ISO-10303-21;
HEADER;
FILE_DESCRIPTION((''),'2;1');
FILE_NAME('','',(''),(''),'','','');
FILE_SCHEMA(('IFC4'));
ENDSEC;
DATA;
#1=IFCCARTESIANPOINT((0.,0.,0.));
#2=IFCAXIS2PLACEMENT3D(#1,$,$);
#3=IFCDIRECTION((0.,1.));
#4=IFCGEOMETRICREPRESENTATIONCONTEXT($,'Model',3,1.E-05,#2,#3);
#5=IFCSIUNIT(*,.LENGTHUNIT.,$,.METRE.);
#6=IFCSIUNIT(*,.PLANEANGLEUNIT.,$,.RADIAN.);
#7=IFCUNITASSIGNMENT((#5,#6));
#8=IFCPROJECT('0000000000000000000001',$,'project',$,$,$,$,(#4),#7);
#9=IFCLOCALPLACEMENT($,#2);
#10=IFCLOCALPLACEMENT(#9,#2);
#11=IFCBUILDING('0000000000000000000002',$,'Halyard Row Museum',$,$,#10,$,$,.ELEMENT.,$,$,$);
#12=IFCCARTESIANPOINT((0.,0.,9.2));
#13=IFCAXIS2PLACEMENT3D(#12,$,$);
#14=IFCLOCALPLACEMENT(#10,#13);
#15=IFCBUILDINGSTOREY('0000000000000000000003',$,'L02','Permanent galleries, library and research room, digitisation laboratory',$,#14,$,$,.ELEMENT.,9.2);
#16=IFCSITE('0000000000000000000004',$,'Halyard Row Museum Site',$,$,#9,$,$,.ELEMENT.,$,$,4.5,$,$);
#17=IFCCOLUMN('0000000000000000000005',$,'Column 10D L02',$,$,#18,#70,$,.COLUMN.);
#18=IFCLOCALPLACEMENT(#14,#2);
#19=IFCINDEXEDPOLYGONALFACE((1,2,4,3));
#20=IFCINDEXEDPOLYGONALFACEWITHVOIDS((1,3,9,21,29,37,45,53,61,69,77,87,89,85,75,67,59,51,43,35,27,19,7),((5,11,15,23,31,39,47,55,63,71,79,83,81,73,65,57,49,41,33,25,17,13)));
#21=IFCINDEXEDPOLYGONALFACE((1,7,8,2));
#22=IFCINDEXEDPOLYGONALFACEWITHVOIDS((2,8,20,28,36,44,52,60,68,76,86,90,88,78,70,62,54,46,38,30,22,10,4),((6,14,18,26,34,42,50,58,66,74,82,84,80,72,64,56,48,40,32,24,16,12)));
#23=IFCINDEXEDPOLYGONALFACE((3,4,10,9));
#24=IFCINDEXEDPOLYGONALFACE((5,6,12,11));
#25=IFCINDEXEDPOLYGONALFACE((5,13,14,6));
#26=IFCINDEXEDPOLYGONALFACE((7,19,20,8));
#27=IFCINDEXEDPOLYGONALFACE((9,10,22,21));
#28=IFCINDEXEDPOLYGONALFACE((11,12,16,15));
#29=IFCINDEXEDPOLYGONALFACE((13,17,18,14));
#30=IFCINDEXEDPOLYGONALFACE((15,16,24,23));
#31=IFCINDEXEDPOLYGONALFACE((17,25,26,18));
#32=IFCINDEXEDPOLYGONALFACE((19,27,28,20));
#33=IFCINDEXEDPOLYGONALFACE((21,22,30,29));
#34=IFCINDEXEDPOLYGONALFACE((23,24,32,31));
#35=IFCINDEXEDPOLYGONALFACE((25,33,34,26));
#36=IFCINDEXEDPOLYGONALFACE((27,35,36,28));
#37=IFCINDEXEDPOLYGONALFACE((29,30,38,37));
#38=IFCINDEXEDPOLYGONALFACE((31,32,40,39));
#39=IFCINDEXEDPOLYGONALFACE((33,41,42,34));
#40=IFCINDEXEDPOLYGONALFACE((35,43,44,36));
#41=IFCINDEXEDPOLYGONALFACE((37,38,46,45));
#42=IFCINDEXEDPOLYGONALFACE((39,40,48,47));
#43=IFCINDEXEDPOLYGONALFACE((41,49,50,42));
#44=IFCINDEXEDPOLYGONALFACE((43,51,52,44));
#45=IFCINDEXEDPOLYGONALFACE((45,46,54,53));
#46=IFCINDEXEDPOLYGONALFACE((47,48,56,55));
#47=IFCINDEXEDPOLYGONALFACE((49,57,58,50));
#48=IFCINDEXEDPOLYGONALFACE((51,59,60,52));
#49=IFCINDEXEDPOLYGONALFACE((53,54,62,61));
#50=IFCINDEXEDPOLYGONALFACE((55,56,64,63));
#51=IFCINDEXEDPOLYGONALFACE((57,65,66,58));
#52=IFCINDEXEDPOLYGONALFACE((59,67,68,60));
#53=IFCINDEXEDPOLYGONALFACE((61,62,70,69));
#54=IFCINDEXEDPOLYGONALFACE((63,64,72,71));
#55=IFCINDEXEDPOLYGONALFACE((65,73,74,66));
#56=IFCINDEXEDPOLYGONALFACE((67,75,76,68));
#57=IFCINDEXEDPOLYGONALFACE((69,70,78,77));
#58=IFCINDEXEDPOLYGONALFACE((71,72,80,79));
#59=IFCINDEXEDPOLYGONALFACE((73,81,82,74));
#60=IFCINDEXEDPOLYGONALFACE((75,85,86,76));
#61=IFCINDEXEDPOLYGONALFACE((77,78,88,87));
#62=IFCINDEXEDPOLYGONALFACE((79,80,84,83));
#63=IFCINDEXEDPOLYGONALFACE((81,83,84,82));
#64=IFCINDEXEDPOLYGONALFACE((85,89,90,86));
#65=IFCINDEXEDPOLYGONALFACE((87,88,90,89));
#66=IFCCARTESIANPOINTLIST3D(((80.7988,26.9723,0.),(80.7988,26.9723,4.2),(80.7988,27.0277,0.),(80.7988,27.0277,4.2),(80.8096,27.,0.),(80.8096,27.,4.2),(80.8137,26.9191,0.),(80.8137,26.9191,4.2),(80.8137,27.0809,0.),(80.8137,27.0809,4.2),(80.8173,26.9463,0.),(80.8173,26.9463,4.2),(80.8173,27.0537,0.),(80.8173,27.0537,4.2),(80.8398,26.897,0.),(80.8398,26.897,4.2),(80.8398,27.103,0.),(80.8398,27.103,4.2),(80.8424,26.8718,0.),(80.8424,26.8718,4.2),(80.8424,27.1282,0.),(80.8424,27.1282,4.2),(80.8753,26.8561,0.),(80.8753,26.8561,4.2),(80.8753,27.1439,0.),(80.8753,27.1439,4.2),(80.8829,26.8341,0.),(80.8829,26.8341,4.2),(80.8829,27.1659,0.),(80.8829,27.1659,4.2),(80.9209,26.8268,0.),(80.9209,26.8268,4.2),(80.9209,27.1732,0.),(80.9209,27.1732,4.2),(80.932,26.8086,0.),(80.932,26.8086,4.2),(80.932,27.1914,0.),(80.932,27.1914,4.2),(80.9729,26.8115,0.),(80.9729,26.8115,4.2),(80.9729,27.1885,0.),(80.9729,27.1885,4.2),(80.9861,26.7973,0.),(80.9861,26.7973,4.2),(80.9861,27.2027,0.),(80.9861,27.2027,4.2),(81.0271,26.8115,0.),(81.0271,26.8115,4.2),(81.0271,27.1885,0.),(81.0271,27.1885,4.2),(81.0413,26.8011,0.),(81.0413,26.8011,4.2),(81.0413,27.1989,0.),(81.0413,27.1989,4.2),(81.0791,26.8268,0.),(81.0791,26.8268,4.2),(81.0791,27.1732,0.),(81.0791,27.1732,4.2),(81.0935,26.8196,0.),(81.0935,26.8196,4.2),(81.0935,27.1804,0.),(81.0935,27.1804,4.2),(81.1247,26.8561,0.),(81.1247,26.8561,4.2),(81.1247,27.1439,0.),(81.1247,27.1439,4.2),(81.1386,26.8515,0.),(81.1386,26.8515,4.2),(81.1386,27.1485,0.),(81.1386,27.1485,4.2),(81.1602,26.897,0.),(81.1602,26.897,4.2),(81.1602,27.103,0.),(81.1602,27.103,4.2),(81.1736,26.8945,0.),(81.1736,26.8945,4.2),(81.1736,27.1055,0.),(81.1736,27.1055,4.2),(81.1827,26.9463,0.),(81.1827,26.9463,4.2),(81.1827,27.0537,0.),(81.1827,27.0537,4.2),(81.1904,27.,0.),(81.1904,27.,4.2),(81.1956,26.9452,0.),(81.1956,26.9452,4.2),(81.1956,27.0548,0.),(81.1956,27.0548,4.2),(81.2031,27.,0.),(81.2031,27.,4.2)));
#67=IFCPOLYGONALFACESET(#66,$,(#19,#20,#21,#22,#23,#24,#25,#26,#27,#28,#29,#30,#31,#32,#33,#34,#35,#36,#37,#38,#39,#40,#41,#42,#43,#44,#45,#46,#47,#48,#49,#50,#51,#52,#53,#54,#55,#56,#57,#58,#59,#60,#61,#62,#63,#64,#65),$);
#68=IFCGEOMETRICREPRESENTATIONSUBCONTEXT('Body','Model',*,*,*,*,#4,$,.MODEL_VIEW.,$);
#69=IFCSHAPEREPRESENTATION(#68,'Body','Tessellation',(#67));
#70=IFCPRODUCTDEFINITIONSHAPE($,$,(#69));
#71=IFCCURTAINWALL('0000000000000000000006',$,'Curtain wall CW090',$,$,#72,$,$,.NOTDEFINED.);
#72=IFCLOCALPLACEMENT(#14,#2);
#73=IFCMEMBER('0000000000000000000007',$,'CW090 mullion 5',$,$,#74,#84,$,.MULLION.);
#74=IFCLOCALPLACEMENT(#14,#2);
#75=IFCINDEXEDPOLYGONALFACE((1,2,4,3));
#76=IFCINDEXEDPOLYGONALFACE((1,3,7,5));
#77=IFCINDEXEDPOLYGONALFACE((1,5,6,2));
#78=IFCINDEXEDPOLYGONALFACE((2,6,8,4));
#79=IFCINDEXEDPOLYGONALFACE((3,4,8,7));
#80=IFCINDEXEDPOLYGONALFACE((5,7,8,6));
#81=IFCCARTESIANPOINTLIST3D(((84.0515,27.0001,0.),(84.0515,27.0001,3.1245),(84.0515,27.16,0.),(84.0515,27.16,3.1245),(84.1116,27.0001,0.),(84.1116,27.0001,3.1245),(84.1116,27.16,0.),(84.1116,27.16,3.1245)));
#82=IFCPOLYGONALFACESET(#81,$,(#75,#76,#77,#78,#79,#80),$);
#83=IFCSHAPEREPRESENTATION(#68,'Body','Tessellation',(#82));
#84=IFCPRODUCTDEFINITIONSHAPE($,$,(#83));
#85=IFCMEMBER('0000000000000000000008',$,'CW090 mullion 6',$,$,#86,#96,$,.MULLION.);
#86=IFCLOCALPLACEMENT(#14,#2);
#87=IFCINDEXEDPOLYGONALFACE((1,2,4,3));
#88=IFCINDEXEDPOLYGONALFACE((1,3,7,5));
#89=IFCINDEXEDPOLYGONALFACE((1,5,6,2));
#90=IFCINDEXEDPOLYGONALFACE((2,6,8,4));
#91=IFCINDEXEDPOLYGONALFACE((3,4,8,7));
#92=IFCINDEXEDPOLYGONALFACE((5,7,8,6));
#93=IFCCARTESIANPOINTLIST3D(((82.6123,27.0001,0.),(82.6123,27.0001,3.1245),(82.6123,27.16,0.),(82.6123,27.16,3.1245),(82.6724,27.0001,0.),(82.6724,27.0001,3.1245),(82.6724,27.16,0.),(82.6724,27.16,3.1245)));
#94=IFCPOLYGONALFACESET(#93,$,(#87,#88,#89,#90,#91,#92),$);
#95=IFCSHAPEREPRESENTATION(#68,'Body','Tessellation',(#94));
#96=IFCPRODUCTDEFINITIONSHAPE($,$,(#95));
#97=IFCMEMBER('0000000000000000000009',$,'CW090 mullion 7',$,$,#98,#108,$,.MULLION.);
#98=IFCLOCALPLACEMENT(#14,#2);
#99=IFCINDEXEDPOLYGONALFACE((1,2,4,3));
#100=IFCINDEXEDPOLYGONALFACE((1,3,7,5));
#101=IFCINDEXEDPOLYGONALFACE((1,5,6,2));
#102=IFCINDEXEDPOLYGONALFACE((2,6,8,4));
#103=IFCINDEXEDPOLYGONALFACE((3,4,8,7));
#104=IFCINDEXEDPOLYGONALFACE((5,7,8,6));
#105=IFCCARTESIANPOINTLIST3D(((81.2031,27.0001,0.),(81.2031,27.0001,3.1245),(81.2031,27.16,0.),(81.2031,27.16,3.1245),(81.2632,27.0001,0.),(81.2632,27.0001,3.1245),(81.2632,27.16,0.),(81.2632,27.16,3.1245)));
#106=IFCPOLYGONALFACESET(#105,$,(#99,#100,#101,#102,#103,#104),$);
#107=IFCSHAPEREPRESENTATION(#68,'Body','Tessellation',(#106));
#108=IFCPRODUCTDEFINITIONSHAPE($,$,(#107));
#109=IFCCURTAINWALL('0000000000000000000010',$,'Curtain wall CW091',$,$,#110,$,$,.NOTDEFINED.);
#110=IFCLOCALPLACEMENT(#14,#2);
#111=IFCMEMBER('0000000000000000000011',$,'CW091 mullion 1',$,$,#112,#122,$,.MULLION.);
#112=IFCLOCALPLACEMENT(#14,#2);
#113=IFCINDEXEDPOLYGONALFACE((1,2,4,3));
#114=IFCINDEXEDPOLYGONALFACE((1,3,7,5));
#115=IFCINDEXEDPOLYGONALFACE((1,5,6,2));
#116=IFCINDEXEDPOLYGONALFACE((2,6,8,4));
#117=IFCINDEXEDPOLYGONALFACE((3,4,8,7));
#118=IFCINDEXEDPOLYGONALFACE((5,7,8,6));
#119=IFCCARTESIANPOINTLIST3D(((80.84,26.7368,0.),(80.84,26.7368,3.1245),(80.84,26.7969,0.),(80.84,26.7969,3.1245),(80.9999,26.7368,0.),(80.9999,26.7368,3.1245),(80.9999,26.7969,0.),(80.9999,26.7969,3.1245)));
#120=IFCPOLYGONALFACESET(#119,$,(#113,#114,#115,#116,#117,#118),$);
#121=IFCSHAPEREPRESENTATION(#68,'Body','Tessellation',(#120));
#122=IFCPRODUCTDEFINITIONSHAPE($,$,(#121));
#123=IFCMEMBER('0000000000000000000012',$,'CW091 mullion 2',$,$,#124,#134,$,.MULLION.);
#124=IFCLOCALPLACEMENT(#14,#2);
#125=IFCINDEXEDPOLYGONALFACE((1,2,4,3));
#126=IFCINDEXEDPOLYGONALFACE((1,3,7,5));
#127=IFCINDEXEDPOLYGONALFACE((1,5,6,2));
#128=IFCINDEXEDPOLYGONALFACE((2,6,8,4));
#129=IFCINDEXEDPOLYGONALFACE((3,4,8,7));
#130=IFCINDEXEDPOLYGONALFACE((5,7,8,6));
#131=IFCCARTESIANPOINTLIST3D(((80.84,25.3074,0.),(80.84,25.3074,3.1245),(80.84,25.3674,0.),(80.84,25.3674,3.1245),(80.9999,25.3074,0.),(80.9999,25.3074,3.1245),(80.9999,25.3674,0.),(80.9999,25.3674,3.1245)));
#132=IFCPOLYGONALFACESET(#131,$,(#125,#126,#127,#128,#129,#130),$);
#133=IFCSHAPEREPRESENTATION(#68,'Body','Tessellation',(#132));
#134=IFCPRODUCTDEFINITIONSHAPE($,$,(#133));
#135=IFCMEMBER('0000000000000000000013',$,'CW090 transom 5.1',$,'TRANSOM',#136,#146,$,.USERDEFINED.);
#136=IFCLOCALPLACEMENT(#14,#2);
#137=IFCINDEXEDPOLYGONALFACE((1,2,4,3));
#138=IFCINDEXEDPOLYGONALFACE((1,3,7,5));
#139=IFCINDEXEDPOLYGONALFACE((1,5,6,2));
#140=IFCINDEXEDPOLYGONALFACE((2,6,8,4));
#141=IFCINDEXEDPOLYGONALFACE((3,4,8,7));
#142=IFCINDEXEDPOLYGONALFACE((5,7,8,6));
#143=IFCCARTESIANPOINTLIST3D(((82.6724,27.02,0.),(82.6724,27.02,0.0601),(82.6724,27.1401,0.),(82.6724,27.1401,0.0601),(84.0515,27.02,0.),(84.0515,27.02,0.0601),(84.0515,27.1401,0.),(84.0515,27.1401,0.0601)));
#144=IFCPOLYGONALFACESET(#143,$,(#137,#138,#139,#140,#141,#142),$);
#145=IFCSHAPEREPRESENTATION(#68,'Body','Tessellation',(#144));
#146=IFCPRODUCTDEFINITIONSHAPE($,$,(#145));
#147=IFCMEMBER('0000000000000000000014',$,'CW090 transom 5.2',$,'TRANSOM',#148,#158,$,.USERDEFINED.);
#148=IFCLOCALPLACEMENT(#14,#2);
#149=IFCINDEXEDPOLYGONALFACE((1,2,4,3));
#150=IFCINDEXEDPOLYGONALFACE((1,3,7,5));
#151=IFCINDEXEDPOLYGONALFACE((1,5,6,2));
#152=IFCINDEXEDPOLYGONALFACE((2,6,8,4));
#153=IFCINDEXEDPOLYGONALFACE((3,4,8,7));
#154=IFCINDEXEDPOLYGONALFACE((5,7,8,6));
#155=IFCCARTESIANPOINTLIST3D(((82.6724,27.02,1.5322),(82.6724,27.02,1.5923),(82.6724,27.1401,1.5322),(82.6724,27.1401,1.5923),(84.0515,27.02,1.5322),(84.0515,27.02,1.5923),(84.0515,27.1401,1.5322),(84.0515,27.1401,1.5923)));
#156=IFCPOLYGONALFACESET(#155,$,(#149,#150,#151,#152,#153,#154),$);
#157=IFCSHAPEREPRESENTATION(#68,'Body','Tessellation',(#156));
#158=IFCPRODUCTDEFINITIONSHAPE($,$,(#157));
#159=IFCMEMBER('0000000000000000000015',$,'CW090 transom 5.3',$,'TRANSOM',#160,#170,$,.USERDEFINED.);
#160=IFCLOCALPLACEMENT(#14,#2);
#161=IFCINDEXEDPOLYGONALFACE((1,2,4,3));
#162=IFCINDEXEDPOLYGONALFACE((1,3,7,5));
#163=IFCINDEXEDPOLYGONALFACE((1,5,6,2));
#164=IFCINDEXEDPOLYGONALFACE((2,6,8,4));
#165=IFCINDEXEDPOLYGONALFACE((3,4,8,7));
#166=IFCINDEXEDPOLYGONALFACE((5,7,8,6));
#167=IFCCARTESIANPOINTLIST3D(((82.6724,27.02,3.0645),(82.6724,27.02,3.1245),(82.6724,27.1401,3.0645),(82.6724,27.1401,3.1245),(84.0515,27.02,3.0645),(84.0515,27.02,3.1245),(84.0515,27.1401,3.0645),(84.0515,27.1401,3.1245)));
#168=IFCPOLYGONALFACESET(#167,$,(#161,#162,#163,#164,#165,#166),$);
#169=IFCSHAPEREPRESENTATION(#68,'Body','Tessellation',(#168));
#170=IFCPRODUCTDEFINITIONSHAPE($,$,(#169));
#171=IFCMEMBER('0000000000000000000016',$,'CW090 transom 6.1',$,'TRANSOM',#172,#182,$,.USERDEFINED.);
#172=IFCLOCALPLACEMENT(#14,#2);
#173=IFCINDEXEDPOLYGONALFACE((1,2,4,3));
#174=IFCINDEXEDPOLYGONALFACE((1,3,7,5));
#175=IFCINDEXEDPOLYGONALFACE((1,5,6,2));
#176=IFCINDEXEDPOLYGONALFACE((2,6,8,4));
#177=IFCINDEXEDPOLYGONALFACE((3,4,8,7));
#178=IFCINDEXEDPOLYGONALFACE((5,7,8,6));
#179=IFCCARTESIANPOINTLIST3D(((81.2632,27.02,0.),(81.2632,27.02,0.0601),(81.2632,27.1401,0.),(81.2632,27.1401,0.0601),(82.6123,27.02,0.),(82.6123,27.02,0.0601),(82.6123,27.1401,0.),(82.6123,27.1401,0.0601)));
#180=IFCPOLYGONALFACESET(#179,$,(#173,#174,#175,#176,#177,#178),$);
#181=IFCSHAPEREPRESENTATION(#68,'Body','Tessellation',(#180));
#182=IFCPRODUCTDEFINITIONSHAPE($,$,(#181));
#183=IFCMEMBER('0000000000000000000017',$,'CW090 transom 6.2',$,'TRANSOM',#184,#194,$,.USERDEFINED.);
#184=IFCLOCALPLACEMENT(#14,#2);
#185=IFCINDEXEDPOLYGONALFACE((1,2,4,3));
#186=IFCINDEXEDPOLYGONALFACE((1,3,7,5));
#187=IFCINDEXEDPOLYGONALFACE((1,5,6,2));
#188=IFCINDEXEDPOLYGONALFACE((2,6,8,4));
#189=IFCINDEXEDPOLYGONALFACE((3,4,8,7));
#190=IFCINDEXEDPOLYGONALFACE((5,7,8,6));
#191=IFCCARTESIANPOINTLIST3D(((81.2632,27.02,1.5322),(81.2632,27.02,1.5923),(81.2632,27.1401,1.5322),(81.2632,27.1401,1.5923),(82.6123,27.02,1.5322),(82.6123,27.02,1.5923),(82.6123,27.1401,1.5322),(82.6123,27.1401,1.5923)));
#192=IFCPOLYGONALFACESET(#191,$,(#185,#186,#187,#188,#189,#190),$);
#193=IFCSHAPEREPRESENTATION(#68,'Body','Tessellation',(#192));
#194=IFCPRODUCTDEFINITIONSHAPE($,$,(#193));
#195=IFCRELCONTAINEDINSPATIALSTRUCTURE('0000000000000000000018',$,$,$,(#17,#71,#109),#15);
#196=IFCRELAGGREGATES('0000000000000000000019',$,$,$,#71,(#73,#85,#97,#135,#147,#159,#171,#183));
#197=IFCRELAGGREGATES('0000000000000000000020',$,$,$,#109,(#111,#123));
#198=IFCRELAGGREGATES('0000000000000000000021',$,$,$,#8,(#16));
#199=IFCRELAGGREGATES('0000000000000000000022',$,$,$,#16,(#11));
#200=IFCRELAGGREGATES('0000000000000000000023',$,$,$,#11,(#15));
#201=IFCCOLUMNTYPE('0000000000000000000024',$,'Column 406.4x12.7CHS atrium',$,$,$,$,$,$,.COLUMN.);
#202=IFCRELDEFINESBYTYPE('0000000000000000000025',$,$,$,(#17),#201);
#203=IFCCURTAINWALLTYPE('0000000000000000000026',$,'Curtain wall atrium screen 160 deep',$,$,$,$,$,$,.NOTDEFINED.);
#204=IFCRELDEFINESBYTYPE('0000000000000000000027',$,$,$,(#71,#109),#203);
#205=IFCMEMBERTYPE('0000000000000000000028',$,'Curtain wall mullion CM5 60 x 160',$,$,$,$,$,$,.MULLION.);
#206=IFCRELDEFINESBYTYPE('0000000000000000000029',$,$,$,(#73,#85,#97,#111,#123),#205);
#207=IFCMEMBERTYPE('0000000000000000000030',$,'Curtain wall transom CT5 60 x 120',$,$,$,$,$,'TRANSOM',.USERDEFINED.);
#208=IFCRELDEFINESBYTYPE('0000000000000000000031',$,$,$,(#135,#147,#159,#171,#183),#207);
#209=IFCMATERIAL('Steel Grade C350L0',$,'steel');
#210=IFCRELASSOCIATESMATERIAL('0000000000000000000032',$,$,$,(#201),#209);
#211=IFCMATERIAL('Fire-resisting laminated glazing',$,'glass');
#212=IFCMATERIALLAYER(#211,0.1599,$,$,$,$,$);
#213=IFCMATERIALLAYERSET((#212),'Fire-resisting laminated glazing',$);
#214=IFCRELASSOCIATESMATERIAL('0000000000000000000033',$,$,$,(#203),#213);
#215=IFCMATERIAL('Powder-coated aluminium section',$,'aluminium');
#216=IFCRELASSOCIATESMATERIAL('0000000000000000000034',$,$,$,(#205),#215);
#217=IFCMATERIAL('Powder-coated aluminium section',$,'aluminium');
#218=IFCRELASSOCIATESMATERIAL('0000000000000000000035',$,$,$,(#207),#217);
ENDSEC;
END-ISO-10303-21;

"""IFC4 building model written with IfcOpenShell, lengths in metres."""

from ifc_helpers import new_model, si_unit, direction, frame, origin, origin_2d, place, context, subcontext, project, spatial, rectangle, hollow_circle, extrude, material, layer, layer_set, material_profile, profile_set, type_object, element, aggregate, save


model = new_model("IFC4")

# Units and contexts
model_context = context("Model", 3, precision=1e-05, world=origin(), true_north=direction((0.0, 1.0)))
body_context = subcontext(model_context, "Body", "Model", "MODEL_VIEW")
ifc_project = project(units=[si_unit("LENGTHUNIT", "METRE"), si_unit("PLANEANGLEUNIT", "RADIAN")], contexts=[model_context])

# Site, building, storey
site_placement = place(None, origin())
site = spatial("IfcSite", under=ifc_project, at=site_placement, Name="Halyard Row Museum Site", CompositionType="ELEMENT", RefElevation=4.5)
building_placement = place(site_placement, origin())
building = spatial("IfcBuilding", under=site, at=building_placement, Name="Halyard Row Museum", CompositionType="ELEMENT")
storey_placement = place(building_placement, frame((0.0, 0.0, 9.2)))
storey = spatial("IfcBuildingStorey", under=building, at=storey_placement, Name="L02", Description="Permanent galleries, library and research room, digitisation laboratory", CompositionType="ELEMENT", Elevation=9.2)

# Column
ifc_material_1 = material(Name="Steel Grade C350L0", Category="steel")
ifc_material_profile_1 = material_profile(ifc_material_1, hollow_circle(Radius=0.2031, WallThickness=0.0127, at=origin_2d()), Name="406.4x12.7CHS")
ifc_profile_set_1 = profile_set([ifc_material_profile_1], Name="Steel Grade C350L0")
column_type = type_object("IfcColumnType", Name="Column 406.4x12.7CHS atrium", PredefinedType="COLUMN", material=ifc_profile_set_1)
column_placement = place(storey_placement, frame((81.0, 27.0, 0.0), z_axis=(0.0, 0.0, 1.0), x_axis=(1.0, 0.0, 0.0)))
element("IfcColumn", 1, at=column_placement, inside=storey, type_object=column_type, Name="Column 10D L02", PredefinedType="COLUMN", context=body_context, shape_type="SweptSolid", body=[
    extrude(hollow_circle(Radius=0.2031, WallThickness=0.0127, at=origin_2d()), origin(), (0.0, 0.0, 1.0), 4.2),
])

# Curtain walls, members
ifc_material_2 = material(Name="Fire-resisting laminated glazing", Category="glass")
ifc_layer_1 = layer(ifc_material_2, 0.1599)
ifc_layer_set_1 = layer_set([ifc_layer_1], Name="Fire-resisting laminated glazing")
curtain_wall_type = type_object("IfcCurtainWallType", Name="Curtain wall atrium screen 160 deep", PredefinedType="NOTDEFINED", material=ifc_layer_set_1)
curtain_wall_1_placement = place(storey_placement, origin())
curtain_wall_1 = element("IfcCurtainWall", 2, at=curtain_wall_1_placement, inside=storey, type_object=curtain_wall_type, Name="Curtain wall CW090", PredefinedType="NOTDEFINED")
ifc_material_3 = material(Name="Powder-coated aluminium section", Category="aluminium")
ifc_material_profile_2 = material_profile(ifc_material_3, rectangle(XDim=0.1599, YDim=0.0601, at=origin_2d()), Name="160x60 mullion")
ifc_profile_set_2 = profile_set([ifc_material_profile_2], Name="Powder-coated aluminium section")
member_type_1 = type_object("IfcMemberType", Name="Curtain wall mullion CM5 60 x 160", PredefinedType="MULLION", material=ifc_profile_set_2)
member_1_placement = place(storey_placement, frame((84.0815, 27.0801, 0.0), z_axis=(0.0, 0.0, 1.0), x_axis=(0.0, -1.0, 0.0)))
member_1 = element("IfcMember", 3, at=member_1_placement, type_object=member_type_1, Name="CW090 mullion 5", PredefinedType="MULLION", context=body_context, shape_type="SweptSolid", body=[
    extrude(rectangle(XDim=0.1599, YDim=0.0601, at=origin_2d()), origin(), (0.0, 0.0, 1.0), 3.1245),
])
member_2_placement = place(storey_placement, frame((82.6423, 27.0801, 0.0), z_axis=(0.0, 0.0, 1.0), x_axis=(0.0, -1.0, 0.0)))
member_2 = element("IfcMember", 4, at=member_2_placement, type_object=member_type_1, Name="CW090 mullion 6", PredefinedType="MULLION", context=body_context, shape_type="SweptSolid", body=[
    extrude(rectangle(XDim=0.1599, YDim=0.0601, at=origin_2d()), origin(), (0.0, 0.0, 1.0), 3.1245),
])
member_3_placement = place(storey_placement, frame((81.2332, 27.0801, 0.0), z_axis=(0.0, 0.0, 1.0), x_axis=(0.0, -1.0, 0.0)))
member_3 = element("IfcMember", 5, at=member_3_placement, type_object=member_type_1, Name="CW090 mullion 7", PredefinedType="MULLION", context=body_context, shape_type="SweptSolid", body=[
    extrude(rectangle(XDim=0.1599, YDim=0.0601, at=origin_2d()), origin(), (0.0, 0.0, 1.0), 3.1245),
])
curtain_wall_2_placement = place(storey_placement, origin())
curtain_wall_2 = element("IfcCurtainWall", 6, at=curtain_wall_2_placement, inside=storey, type_object=curtain_wall_type, Name="Curtain wall CW091", PredefinedType="NOTDEFINED")
member_4_placement = place(storey_placement, frame((80.9199, 26.7668, 0.0), z_axis=(0.0, 0.0, 1.0), x_axis=(1.0, 0.0, 0.0)))
member_4 = element("IfcMember", 7, at=member_4_placement, type_object=member_type_1, Name="CW091 mullion 1", PredefinedType="MULLION", context=body_context, shape_type="SweptSolid", body=[
    extrude(rectangle(XDim=0.1599, YDim=0.0601, at=origin_2d()), origin(), (0.0, 0.0, 1.0), 3.1245),
])
member_5_placement = place(storey_placement, frame((80.9199, 25.3374, 0.0), z_axis=(0.0, 0.0, 1.0), x_axis=(1.0, 0.0, 0.0)))
member_5 = element("IfcMember", 8, at=member_5_placement, type_object=member_type_1, Name="CW091 mullion 2", PredefinedType="MULLION", context=body_context, shape_type="SweptSolid", body=[
    extrude(rectangle(XDim=0.1599, YDim=0.0601, at=origin_2d()), origin(), (0.0, 0.0, 1.0), 3.1245),
])

# Members
ifc_material_4 = material(Name="Powder-coated aluminium section", Category="aluminium")
ifc_material_profile_3 = material_profile(ifc_material_4, rectangle(XDim=0.1201, YDim=0.0601, at=origin_2d()), Name="120x60 transom")
ifc_profile_set_3 = profile_set([ifc_material_profile_3], Name="Powder-coated aluminium section")
member_type_2 = type_object("IfcMemberType", Name="Curtain wall transom CT5 60 x 120", ElementType="TRANSOM", PredefinedType="USERDEFINED", material=ifc_profile_set_3)
member_6_placement = place(storey_placement, frame((84.0515, 27.0801, 0.03), z_axis=(-1.0, 0.0, 0.0), x_axis=(0.0, -1.0, 0.0)))
member_6 = element("IfcMember", 9, at=member_6_placement, type_object=member_type_2, Name="CW090 transom 5.1", ObjectType="TRANSOM", PredefinedType="USERDEFINED", context=body_context, shape_type="SweptSolid", body=[
    extrude(rectangle(XDim=0.1201, YDim=0.0601, at=origin_2d()), origin(), (0.0, 0.0, 1.0), 1.3792),
])
member_7_placement = place(storey_placement, frame((84.0515, 27.0801, 1.5623), z_axis=(-1.0, 0.0, 0.0), x_axis=(0.0, -1.0, 0.0)))
member_7 = element("IfcMember", 10, at=member_7_placement, type_object=member_type_2, Name="CW090 transom 5.2", ObjectType="TRANSOM", PredefinedType="USERDEFINED", context=body_context, shape_type="SweptSolid", body=[
    extrude(rectangle(XDim=0.1201, YDim=0.0601, at=origin_2d()), origin(), (0.0, 0.0, 1.0), 1.3792),
])
member_8_placement = place(storey_placement, frame((84.0515, 27.0801, 3.0945), z_axis=(-1.0, 0.0, 0.0), x_axis=(0.0, -1.0, 0.0)))
member_8 = element("IfcMember", 11, at=member_8_placement, type_object=member_type_2, Name="CW090 transom 5.3", ObjectType="TRANSOM", PredefinedType="USERDEFINED", context=body_context, shape_type="SweptSolid", body=[
    extrude(rectangle(XDim=0.1201, YDim=0.0601, at=origin_2d()), origin(), (0.0, 0.0, 1.0), 1.3792),
])
member_9_placement = place(storey_placement, frame((82.6123, 27.0801, 0.03), z_axis=(-1.0, 0.0, 0.0), x_axis=(0.0, -1.0, 0.0)))
member_9 = element("IfcMember", 12, at=member_9_placement, type_object=member_type_2, Name="CW090 transom 6.1", ObjectType="TRANSOM", PredefinedType="USERDEFINED", context=body_context, shape_type="SweptSolid", body=[
    extrude(rectangle(XDim=0.1201, YDim=0.0601, at=origin_2d()), origin(), (0.0, 0.0, 1.0), 1.3491),
])
member_10_placement = place(storey_placement, frame((82.6123, 27.0801, 1.5623), z_axis=(-1.0, 0.0, 0.0), x_axis=(0.0, -1.0, 0.0)))
member_10 = element("IfcMember", 13, at=member_10_placement, type_object=member_type_2, Name="CW090 transom 6.2", ObjectType="TRANSOM", PredefinedType="USERDEFINED", context=body_context, shape_type="SweptSolid", body=[
    extrude(rectangle(XDim=0.1201, YDim=0.0601, at=origin_2d()), origin(), (0.0, 0.0, 1.0), 1.3491),
])

aggregate(curtain_wall_1, [member_1, member_2, member_3, member_6, member_7, member_8, member_9, member_10])
aggregate(curtain_wall_2, [member_4, member_5])

save(model, "model.ifc")
